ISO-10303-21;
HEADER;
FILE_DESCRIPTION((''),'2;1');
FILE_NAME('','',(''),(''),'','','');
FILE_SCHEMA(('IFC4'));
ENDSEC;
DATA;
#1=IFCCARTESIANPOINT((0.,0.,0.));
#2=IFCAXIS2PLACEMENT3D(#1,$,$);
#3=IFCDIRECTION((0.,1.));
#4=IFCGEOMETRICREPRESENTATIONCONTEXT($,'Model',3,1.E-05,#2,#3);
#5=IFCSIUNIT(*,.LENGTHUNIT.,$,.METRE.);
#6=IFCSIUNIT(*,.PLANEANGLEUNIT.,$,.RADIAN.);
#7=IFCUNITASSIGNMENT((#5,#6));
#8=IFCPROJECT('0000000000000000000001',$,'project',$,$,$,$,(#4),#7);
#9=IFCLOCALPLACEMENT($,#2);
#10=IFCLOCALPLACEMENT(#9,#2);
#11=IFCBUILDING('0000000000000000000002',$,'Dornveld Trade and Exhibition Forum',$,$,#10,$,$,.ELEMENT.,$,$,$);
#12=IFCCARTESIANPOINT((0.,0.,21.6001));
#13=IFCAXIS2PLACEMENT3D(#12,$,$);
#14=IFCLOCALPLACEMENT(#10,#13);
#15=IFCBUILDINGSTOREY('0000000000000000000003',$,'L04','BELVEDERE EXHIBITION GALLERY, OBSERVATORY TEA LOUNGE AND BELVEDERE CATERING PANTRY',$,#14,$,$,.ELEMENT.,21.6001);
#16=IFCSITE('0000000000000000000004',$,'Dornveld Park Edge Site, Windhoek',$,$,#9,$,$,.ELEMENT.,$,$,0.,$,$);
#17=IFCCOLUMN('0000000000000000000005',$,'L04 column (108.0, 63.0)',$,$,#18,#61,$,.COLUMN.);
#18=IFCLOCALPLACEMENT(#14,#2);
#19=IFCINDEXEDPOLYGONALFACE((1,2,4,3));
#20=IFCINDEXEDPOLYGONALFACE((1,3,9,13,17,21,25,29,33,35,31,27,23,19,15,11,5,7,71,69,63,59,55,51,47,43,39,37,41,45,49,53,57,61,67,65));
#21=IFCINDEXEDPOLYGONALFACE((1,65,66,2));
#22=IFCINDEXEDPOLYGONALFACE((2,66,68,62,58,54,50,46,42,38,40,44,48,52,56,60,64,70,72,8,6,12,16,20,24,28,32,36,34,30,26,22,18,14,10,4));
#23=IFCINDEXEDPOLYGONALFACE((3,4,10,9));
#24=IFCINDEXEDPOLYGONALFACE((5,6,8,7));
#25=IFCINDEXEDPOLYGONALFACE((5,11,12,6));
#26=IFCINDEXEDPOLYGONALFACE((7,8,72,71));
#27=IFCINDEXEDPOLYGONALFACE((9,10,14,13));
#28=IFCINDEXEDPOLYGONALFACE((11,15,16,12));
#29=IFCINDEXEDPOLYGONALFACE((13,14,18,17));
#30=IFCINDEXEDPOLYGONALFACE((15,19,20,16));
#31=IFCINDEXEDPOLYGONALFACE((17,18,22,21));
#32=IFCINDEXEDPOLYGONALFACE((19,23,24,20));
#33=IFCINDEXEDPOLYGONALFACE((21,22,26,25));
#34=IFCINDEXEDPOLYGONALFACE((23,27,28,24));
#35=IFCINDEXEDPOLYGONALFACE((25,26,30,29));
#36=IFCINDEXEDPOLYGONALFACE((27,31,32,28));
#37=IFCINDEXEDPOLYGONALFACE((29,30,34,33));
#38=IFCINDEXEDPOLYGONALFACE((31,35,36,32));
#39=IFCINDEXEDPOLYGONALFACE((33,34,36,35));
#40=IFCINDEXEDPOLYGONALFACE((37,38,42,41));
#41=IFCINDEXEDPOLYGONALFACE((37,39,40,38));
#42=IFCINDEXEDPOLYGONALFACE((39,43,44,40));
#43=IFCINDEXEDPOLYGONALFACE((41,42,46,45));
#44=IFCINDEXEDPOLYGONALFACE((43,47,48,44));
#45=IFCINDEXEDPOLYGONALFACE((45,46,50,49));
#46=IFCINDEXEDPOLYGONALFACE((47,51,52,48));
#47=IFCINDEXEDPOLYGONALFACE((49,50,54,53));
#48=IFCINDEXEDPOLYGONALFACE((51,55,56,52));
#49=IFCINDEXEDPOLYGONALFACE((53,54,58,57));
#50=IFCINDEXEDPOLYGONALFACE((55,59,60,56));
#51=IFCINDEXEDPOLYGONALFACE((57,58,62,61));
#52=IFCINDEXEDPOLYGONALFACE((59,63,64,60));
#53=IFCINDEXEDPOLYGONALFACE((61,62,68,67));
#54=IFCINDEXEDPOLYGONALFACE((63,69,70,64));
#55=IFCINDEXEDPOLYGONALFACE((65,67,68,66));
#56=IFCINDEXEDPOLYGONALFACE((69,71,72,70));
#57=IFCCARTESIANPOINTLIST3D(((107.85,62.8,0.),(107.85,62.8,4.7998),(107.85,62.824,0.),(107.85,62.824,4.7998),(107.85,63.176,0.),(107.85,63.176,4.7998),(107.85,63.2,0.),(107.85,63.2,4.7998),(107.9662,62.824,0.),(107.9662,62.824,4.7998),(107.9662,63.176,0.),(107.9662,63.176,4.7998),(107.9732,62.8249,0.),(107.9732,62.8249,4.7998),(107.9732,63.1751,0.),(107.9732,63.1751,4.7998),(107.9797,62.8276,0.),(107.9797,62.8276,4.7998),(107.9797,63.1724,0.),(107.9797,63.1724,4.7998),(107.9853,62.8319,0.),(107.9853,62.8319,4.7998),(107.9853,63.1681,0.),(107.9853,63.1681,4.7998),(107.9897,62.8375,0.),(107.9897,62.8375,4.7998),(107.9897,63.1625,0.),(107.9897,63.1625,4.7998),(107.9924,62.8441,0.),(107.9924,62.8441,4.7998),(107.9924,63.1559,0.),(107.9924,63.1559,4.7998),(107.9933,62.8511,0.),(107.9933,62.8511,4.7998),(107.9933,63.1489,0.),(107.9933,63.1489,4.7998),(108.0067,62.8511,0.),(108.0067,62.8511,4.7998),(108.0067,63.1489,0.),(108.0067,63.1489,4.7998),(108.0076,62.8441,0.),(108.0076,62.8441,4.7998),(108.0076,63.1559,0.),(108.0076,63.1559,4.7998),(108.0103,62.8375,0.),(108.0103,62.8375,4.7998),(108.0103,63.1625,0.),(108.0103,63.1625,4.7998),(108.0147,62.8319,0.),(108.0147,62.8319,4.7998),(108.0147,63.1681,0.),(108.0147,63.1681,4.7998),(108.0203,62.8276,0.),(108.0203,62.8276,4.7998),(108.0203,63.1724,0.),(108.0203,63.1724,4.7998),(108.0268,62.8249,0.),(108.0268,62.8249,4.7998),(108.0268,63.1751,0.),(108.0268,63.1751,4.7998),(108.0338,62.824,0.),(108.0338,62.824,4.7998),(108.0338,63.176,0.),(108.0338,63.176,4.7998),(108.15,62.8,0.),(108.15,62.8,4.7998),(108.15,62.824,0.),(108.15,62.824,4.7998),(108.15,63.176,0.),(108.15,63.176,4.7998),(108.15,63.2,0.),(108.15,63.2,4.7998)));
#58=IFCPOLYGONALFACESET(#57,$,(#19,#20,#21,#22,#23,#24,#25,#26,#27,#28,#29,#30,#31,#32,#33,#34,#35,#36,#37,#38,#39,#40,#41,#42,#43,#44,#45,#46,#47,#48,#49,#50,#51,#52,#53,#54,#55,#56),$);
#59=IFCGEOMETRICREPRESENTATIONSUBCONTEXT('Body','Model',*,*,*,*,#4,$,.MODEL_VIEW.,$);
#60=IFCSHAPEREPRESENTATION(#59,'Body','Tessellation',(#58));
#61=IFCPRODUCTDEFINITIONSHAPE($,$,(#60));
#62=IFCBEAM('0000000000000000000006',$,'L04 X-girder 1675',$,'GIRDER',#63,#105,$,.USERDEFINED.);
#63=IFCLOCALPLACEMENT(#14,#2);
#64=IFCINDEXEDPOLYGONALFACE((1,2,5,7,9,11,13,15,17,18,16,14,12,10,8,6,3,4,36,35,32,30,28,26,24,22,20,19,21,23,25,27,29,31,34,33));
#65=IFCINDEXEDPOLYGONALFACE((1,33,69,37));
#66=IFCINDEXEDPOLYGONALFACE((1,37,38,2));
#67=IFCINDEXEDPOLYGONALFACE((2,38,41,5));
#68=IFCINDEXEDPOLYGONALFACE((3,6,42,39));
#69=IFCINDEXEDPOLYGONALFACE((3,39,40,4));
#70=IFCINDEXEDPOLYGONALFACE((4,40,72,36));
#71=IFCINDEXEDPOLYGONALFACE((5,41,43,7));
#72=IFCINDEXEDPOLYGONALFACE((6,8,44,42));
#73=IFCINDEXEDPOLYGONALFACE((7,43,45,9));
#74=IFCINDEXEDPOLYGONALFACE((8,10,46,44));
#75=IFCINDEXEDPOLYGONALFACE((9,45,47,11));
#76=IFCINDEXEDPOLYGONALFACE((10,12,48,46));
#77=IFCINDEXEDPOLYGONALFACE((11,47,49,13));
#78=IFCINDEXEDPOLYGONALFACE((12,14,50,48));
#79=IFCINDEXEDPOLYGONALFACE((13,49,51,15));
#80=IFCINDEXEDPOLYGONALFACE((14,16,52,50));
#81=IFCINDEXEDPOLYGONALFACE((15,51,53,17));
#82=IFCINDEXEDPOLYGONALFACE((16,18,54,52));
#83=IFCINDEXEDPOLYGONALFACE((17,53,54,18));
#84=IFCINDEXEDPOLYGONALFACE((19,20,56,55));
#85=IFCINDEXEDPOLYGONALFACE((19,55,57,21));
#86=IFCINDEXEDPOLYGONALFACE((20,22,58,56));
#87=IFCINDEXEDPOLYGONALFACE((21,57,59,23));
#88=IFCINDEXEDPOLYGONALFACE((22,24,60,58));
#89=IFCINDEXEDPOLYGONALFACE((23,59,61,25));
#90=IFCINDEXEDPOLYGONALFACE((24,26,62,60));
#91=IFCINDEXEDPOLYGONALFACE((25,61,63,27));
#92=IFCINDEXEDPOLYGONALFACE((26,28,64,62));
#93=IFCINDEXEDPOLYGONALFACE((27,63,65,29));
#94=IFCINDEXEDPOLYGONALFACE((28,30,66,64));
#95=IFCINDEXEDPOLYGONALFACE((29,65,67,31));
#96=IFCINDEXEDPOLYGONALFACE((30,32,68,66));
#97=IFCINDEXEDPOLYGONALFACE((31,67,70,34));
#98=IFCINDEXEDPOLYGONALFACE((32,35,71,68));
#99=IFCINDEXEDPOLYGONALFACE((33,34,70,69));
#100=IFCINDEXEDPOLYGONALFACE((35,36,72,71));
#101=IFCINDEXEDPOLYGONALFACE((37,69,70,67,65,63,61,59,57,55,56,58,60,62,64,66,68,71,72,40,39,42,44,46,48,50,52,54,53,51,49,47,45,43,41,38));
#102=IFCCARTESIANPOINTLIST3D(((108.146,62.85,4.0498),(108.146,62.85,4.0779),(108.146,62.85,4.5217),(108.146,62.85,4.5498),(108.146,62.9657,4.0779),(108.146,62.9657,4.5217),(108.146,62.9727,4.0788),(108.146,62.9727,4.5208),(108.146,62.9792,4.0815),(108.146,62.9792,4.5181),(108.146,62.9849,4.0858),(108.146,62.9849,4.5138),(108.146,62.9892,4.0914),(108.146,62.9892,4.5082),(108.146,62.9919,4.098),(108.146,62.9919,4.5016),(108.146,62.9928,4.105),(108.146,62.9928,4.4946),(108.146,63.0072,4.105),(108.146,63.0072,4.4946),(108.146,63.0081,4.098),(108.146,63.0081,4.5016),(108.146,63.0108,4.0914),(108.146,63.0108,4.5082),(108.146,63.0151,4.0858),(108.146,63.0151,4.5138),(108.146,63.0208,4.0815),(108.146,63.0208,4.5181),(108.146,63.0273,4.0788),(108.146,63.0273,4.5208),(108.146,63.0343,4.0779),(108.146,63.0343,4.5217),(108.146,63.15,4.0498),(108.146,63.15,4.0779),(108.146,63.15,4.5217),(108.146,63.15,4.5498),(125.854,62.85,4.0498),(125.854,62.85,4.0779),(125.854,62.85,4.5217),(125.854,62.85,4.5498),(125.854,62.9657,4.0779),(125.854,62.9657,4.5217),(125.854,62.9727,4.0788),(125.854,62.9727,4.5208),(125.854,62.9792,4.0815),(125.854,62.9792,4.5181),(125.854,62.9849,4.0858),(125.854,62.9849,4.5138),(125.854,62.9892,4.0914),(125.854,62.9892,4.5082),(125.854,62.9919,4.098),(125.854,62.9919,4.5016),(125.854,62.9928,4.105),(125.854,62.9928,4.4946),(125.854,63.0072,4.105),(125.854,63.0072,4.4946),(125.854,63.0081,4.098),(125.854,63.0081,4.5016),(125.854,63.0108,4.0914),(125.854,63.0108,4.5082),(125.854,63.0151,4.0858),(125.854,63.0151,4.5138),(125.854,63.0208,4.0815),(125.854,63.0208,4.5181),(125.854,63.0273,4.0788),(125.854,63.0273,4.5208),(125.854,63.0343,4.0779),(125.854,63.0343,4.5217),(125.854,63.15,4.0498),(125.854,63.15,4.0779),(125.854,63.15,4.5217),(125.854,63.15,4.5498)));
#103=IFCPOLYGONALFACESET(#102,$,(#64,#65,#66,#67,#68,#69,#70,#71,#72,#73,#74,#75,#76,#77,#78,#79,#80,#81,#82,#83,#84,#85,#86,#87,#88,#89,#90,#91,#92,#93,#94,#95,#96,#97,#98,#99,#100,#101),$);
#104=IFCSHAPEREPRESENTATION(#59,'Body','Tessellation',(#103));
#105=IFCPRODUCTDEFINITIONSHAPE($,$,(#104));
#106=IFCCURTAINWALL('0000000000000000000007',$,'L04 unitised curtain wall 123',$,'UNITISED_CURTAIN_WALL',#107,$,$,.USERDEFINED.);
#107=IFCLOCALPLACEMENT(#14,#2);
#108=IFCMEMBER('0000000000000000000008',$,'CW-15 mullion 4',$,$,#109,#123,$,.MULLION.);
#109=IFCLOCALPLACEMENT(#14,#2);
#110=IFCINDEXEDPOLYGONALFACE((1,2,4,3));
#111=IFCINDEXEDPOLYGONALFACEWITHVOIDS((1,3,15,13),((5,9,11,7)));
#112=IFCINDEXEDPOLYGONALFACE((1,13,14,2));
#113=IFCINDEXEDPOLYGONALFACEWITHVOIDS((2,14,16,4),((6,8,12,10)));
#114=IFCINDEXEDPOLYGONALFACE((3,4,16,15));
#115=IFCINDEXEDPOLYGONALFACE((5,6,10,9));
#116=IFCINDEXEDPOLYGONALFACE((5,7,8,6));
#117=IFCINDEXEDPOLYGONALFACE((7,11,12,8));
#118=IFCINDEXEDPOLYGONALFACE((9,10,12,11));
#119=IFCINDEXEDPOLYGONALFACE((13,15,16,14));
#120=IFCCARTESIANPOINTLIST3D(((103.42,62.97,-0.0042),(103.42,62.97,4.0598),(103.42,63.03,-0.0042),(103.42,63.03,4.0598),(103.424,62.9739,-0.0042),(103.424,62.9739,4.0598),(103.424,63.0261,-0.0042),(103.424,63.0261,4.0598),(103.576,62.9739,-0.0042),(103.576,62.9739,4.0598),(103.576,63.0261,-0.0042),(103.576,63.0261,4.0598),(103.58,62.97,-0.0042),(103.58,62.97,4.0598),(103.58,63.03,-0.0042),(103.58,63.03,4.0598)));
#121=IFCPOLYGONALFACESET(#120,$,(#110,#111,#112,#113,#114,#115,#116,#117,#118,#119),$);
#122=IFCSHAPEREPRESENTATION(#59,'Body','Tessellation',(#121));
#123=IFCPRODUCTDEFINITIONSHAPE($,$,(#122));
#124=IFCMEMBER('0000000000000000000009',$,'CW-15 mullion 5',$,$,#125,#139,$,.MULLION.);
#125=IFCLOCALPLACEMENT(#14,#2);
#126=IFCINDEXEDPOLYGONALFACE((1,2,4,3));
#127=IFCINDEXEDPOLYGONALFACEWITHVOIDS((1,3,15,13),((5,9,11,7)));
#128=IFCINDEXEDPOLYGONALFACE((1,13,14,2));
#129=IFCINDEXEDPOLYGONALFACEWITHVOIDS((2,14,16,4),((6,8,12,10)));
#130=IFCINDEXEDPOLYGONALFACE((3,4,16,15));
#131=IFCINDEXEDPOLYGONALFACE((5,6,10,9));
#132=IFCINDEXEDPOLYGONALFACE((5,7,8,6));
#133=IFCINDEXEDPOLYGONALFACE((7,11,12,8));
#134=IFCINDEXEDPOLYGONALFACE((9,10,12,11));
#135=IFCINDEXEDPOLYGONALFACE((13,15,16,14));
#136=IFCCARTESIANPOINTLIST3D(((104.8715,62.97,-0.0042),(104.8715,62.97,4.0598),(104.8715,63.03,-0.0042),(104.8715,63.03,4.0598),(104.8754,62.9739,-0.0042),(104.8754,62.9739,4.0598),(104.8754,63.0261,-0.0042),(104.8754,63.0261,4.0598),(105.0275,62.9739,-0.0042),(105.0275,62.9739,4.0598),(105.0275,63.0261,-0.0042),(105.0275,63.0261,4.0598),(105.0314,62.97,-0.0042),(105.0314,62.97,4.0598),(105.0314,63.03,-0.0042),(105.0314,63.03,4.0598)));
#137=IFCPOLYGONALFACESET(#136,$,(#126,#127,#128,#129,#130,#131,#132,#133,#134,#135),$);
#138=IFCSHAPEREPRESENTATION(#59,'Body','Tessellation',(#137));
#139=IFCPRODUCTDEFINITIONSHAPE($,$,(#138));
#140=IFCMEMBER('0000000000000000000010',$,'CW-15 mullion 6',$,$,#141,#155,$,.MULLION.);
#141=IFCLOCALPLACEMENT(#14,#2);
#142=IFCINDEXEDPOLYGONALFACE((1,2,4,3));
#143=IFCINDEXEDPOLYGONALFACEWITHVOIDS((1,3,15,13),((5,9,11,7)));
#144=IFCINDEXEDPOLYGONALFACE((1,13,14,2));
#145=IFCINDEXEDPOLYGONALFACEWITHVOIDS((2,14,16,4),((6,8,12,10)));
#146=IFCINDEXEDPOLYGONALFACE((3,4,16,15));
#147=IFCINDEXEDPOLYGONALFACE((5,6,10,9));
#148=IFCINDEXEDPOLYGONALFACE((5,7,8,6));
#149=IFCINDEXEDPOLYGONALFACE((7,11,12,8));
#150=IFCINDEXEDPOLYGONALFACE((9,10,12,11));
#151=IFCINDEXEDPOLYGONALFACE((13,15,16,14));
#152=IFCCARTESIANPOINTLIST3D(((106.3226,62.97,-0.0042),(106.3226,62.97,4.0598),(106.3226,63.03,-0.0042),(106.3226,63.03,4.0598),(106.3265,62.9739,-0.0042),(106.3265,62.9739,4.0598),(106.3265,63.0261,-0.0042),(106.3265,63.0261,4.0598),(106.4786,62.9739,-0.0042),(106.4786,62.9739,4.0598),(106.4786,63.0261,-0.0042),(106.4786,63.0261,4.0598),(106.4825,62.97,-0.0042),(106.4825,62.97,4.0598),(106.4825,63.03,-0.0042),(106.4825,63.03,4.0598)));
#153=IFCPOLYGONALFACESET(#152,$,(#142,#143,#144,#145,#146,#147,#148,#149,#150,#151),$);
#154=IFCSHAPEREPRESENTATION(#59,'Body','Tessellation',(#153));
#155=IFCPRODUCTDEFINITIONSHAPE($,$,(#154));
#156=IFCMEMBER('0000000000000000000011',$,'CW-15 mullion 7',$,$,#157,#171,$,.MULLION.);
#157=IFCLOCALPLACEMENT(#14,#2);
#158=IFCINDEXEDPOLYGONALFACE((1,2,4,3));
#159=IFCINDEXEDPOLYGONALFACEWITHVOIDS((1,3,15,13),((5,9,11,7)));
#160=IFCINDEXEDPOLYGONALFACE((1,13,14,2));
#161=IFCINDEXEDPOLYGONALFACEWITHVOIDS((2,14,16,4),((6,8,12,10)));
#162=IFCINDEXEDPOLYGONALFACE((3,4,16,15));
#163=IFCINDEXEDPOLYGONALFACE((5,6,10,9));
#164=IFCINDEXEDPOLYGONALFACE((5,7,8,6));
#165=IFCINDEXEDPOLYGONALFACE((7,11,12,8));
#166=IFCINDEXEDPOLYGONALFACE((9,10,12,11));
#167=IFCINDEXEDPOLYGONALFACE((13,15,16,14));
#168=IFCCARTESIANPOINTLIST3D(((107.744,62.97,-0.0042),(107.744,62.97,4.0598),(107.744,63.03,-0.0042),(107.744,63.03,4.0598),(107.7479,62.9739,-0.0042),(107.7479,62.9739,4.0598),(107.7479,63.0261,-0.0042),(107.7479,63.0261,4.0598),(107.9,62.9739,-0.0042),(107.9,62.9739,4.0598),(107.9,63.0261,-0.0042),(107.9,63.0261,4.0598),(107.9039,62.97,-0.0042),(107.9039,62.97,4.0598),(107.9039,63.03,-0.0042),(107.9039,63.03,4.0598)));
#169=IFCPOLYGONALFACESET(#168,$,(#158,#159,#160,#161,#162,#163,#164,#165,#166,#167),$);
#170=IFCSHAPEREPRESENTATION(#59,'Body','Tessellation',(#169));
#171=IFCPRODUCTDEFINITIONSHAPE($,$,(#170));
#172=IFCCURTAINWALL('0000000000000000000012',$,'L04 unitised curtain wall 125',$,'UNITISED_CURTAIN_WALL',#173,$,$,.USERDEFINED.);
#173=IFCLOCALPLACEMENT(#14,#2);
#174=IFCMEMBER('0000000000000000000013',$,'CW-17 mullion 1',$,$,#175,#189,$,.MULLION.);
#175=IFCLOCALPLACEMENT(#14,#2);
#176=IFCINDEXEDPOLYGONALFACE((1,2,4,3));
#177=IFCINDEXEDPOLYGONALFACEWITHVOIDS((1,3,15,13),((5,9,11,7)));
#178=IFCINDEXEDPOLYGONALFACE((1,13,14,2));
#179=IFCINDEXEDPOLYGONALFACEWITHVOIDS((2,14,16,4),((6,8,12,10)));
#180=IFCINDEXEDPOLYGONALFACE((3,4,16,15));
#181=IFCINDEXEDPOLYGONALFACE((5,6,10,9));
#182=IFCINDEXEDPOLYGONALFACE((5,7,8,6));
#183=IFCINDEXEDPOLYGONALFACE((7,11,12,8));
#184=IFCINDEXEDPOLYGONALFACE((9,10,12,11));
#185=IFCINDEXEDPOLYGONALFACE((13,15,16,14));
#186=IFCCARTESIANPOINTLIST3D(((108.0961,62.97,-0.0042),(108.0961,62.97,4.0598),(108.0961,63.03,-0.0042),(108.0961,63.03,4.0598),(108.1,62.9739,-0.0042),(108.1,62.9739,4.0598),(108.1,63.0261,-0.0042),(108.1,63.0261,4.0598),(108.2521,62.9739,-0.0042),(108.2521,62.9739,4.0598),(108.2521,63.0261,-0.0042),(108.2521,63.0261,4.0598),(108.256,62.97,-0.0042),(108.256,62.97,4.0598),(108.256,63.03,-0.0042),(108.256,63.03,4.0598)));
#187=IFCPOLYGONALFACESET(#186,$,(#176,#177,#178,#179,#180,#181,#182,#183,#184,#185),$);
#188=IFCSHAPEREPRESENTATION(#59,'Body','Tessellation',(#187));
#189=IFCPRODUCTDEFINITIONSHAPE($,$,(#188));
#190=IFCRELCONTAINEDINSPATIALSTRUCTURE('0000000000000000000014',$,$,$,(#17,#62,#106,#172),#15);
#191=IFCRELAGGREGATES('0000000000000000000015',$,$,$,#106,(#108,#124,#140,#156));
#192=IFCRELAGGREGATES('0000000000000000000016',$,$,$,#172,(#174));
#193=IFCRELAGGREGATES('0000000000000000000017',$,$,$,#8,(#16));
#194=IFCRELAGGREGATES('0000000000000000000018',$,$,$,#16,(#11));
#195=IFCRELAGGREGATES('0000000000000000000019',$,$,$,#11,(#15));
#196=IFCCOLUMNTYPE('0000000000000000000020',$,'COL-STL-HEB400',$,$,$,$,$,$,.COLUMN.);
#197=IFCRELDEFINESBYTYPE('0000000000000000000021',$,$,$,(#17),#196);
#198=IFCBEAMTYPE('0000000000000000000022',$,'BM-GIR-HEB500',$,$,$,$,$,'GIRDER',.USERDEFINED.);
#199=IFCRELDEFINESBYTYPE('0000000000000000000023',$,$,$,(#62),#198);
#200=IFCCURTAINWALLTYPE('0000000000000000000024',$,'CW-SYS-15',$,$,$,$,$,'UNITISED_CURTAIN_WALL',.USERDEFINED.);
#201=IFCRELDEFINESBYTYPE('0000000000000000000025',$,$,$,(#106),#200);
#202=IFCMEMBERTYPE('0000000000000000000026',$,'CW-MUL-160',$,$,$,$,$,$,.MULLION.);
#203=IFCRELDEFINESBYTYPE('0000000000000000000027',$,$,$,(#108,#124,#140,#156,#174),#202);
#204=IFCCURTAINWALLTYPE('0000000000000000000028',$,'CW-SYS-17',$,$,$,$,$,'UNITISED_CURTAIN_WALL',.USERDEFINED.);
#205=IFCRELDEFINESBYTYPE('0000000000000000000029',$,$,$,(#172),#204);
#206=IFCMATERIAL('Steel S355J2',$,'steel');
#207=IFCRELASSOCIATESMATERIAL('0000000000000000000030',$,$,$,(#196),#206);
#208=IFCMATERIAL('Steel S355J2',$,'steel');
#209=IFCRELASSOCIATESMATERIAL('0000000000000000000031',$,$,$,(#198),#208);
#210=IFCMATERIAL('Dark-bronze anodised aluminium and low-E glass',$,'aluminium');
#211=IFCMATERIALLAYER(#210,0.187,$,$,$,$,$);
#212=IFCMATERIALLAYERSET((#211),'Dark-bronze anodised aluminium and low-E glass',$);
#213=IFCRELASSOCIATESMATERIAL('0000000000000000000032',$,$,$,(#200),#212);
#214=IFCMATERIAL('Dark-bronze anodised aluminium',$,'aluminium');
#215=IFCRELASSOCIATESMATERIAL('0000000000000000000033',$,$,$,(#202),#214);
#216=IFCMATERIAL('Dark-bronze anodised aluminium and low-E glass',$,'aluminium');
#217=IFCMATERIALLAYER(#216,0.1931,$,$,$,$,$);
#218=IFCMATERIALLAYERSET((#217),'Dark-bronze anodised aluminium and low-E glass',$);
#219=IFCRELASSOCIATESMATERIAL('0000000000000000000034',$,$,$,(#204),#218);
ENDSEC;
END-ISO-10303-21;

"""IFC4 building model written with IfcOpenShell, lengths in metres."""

from ifc_helpers import new_model, si_unit, direction, frame, origin, origin_2d, place, context, subcontext, project, spatial, hollow_rectangle, i_section, extrude, material, layer, layer_set, material_profile, profile_set, type_object, element, aggregate, save


model = new_model("IFC4")

# Units and contexts
model_context = context("Model", 3, precision=1e-05, world=origin(), true_north=direction((0.0, 1.0)))
body_context = subcontext(model_context, "Body", "Model", "MODEL_VIEW")
ifc_project = project(units=[si_unit("LENGTHUNIT", "METRE"), si_unit("PLANEANGLEUNIT", "RADIAN")], contexts=[model_context])

# Site, building, storey
site_placement = place(None, origin())
site = spatial("IfcSite", under=ifc_project, at=site_placement, Name="Dornveld Park Edge Site, Windhoek", CompositionType="ELEMENT", RefElevation=0.0)
building_placement = place(site_placement, origin())
building = spatial("IfcBuilding", under=site, at=building_placement, Name="Dornveld Trade and Exhibition Forum", CompositionType="ELEMENT")
storey_placement = place(building_placement, frame((0.0, 0.0, 21.6001)))
storey = spatial("IfcBuildingStorey", under=building, at=storey_placement, Name="L04", Description="BELVEDERE EXHIBITION GALLERY, OBSERVATORY TEA LOUNGE AND BELVEDERE CATERING PANTRY", CompositionType="ELEMENT", Elevation=21.6001)

# Column
ifc_material_1 = material(Name="Steel S355J2", Category="steel")
ifc_material_profile_1 = material_profile(ifc_material_1, i_section(OverallWidth=0.3, OverallDepth=0.3999, WebThickness=0.0134, FlangeThickness=0.0239, FilletRadius=0.0271, at=origin_2d()), Name="HEB 400")
ifc_profile_set_1 = profile_set([ifc_material_profile_1], Name="Steel S355J2")
column_type = type_object("IfcColumnType", Name="COL-STL-HEB400", PredefinedType="COLUMN", material=ifc_profile_set_1)
column_placement = place(storey_placement, frame((108.0, 63.0, 0.0), z_axis=(0.0, 0.0, 1.0), x_axis=(1.0, 0.0, 0.0)))
element("IfcColumn", 1, at=column_placement, inside=storey, type_object=column_type, Name="L04 column (108.0, 63.0)", PredefinedType="COLUMN", context=body_context, shape_type="SweptSolid", body=[
    extrude(i_section(OverallWidth=0.3, OverallDepth=0.3999, WebThickness=0.0134, FlangeThickness=0.0239, FilletRadius=0.0271, at=origin_2d()), origin(), (0.0, 0.0, 1.0), 4.7998),
])

# Beam
ifc_material_2 = material(Name="Steel S355J2", Category="steel")
ifc_material_profile_2 = material_profile(ifc_material_2, i_section(OverallWidth=0.3, OverallDepth=0.5, WebThickness=0.0144, FlangeThickness=0.0281, FilletRadius=0.0271, at=origin_2d()), Name="HEB 500")
ifc_profile_set_2 = profile_set([ifc_material_profile_2], Name="Steel S355J2")
beam_type = type_object("IfcBeamType", Name="BM-GIR-HEB500", ElementType="GIRDER", PredefinedType="USERDEFINED", material=ifc_profile_set_2)
beam_placement = place(storey_placement, frame((108.146, 63.0, 4.2998), z_axis=(1.0, 0.0, 0.0), x_axis=(0.0, 1.0, 0.0)))
element("IfcBeam", 2, at=beam_placement, inside=storey, type_object=beam_type, Name="L04 X-girder 1675", ObjectType="GIRDER", PredefinedType="USERDEFINED", context=body_context, shape_type="SweptSolid", body=[
    extrude(i_section(OverallWidth=0.3, OverallDepth=0.5, WebThickness=0.0144, FlangeThickness=0.0281, FilletRadius=0.0271, at=origin_2d()), origin(), (0.0, 0.0, 1.0), 17.708),
])

# Curtain wall, members
ifc_material_3 = material(Name="Dark-bronze anodised aluminium and low-E glass", Category="aluminium")
ifc_layer_1 = layer(ifc_material_3, 0.187)
ifc_layer_set_1 = layer_set([ifc_layer_1], Name="Dark-bronze anodised aluminium and low-E glass")
curtain_wall_type_1 = type_object("IfcCurtainWallType", Name="CW-SYS-15", ElementType="UNITISED_CURTAIN_WALL", PredefinedType="USERDEFINED", material=ifc_layer_set_1)
curtain_wall_1_placement = place(storey_placement, origin())
curtain_wall_1 = element("IfcCurtainWall", 3, at=curtain_wall_1_placement, inside=storey, type_object=curtain_wall_type_1, Name="L04 unitised curtain wall 123", ObjectType="UNITISED_CURTAIN_WALL", PredefinedType="USERDEFINED")
ifc_material_4 = material(Name="Dark-bronze anodised aluminium", Category="aluminium")
ifc_material_profile_3 = material_profile(ifc_material_4, hollow_rectangle(XDim=0.0601, YDim=0.1599, WallThickness=0.0039, at=origin_2d()), Name="RHS 160x60x4")
ifc_profile_set_3 = profile_set([ifc_material_profile_3], Name="Dark-bronze anodised aluminium")
member_type_1 = type_object("IfcMemberType", Name="CW-MUL-160", PredefinedType="MULLION", material=ifc_profile_set_3)
member_1_placement = place(storey_placement, frame((103.5, 63.0, -0.0042), z_axis=(0.0, 0.0, 1.0), x_axis=(0.0, 1.0, 0.0)))
member_1 = element("IfcMember", 4, at=member_1_placement, type_object=member_type_1, Name="CW-15 mullion 4", PredefinedType="MULLION", context=body_context, shape_type="SweptSolid", body=[
    extrude(hollow_rectangle(XDim=0.0601, YDim=0.1599, WallThickness=0.0039, at=origin_2d()), origin(), (0.0, 0.0, 1.0), 4.064),
])
member_2_placement = place(storey_placement, frame((104.9514, 63.0, -0.0042), z_axis=(0.0, 0.0, 1.0), x_axis=(0.0, 1.0, 0.0)))
member_2 = element("IfcMember", 5, at=member_2_placement, type_object=member_type_1, Name="CW-15 mullion 5", PredefinedType="MULLION", context=body_context, shape_type="SweptSolid", body=[
    extrude(hollow_rectangle(XDim=0.0601, YDim=0.1599, WallThickness=0.0039, at=origin_2d()), origin(), (0.0, 0.0, 1.0), 4.064),
])
member_3_placement = place(storey_placement, frame((106.4026, 63.0, -0.0042), z_axis=(0.0, 0.0, 1.0), x_axis=(0.0, 1.0, 0.0)))
member_3 = element("IfcMember", 6, at=member_3_placement, type_object=member_type_1, Name="CW-15 mullion 6", PredefinedType="MULLION", context=body_context, shape_type="SweptSolid", body=[
    extrude(hollow_rectangle(XDim=0.0601, YDim=0.1599, WallThickness=0.0039, at=origin_2d()), origin(), (0.0, 0.0, 1.0), 4.064),
])
member_4_placement = place(storey_placement, frame((107.824, 63.0, -0.0042), z_axis=(0.0, 0.0, 1.0), x_axis=(0.0, 1.0, 0.0)))
member_4 = element("IfcMember", 7, at=member_4_placement, type_object=member_type_1, Name="CW-15 mullion 7", PredefinedType="MULLION", context=body_context, shape_type="SweptSolid", body=[
    extrude(hollow_rectangle(XDim=0.0601, YDim=0.1599, WallThickness=0.0039, at=origin_2d()), origin(), (0.0, 0.0, 1.0), 4.064),
])

# Curtain wall, member
ifc_material_5 = material(Name="Dark-bronze anodised aluminium and low-E glass", Category="aluminium")
ifc_layer_2 = layer(ifc_material_5, 0.1931)
ifc_layer_set_2 = layer_set([ifc_layer_2], Name="Dark-bronze anodised aluminium and low-E glass")
curtain_wall_type_2 = type_object("IfcCurtainWallType", Name="CW-SYS-17", ElementType="UNITISED_CURTAIN_WALL", PredefinedType="USERDEFINED", material=ifc_layer_set_2)
curtain_wall_2_placement = place(storey_placement, origin())
curtain_wall_2 = element("IfcCurtainWall", 8, at=curtain_wall_2_placement, inside=storey, type_object=curtain_wall_type_2, Name="L04 unitised curtain wall 125", ObjectType="UNITISED_CURTAIN_WALL", PredefinedType="USERDEFINED")
member_5_placement = place(storey_placement, frame((108.176, 63.0, -0.0042), z_axis=(0.0, 0.0, 1.0), x_axis=(0.0, 1.0, 0.0)))
member_5 = element("IfcMember", 9, at=member_5_placement, type_object=member_type_1, Name="CW-17 mullion 1", PredefinedType="MULLION", context=body_context, shape_type="SweptSolid", body=[
    extrude(hollow_rectangle(XDim=0.0601, YDim=0.1599, WallThickness=0.0039, at=origin_2d()), origin(), (0.0, 0.0, 1.0), 4.064),
])

aggregate(curtain_wall_1, [member_1, member_2, member_3, member_4])
aggregate(curtain_wall_2, [member_5])

save(model, "model.ifc")
